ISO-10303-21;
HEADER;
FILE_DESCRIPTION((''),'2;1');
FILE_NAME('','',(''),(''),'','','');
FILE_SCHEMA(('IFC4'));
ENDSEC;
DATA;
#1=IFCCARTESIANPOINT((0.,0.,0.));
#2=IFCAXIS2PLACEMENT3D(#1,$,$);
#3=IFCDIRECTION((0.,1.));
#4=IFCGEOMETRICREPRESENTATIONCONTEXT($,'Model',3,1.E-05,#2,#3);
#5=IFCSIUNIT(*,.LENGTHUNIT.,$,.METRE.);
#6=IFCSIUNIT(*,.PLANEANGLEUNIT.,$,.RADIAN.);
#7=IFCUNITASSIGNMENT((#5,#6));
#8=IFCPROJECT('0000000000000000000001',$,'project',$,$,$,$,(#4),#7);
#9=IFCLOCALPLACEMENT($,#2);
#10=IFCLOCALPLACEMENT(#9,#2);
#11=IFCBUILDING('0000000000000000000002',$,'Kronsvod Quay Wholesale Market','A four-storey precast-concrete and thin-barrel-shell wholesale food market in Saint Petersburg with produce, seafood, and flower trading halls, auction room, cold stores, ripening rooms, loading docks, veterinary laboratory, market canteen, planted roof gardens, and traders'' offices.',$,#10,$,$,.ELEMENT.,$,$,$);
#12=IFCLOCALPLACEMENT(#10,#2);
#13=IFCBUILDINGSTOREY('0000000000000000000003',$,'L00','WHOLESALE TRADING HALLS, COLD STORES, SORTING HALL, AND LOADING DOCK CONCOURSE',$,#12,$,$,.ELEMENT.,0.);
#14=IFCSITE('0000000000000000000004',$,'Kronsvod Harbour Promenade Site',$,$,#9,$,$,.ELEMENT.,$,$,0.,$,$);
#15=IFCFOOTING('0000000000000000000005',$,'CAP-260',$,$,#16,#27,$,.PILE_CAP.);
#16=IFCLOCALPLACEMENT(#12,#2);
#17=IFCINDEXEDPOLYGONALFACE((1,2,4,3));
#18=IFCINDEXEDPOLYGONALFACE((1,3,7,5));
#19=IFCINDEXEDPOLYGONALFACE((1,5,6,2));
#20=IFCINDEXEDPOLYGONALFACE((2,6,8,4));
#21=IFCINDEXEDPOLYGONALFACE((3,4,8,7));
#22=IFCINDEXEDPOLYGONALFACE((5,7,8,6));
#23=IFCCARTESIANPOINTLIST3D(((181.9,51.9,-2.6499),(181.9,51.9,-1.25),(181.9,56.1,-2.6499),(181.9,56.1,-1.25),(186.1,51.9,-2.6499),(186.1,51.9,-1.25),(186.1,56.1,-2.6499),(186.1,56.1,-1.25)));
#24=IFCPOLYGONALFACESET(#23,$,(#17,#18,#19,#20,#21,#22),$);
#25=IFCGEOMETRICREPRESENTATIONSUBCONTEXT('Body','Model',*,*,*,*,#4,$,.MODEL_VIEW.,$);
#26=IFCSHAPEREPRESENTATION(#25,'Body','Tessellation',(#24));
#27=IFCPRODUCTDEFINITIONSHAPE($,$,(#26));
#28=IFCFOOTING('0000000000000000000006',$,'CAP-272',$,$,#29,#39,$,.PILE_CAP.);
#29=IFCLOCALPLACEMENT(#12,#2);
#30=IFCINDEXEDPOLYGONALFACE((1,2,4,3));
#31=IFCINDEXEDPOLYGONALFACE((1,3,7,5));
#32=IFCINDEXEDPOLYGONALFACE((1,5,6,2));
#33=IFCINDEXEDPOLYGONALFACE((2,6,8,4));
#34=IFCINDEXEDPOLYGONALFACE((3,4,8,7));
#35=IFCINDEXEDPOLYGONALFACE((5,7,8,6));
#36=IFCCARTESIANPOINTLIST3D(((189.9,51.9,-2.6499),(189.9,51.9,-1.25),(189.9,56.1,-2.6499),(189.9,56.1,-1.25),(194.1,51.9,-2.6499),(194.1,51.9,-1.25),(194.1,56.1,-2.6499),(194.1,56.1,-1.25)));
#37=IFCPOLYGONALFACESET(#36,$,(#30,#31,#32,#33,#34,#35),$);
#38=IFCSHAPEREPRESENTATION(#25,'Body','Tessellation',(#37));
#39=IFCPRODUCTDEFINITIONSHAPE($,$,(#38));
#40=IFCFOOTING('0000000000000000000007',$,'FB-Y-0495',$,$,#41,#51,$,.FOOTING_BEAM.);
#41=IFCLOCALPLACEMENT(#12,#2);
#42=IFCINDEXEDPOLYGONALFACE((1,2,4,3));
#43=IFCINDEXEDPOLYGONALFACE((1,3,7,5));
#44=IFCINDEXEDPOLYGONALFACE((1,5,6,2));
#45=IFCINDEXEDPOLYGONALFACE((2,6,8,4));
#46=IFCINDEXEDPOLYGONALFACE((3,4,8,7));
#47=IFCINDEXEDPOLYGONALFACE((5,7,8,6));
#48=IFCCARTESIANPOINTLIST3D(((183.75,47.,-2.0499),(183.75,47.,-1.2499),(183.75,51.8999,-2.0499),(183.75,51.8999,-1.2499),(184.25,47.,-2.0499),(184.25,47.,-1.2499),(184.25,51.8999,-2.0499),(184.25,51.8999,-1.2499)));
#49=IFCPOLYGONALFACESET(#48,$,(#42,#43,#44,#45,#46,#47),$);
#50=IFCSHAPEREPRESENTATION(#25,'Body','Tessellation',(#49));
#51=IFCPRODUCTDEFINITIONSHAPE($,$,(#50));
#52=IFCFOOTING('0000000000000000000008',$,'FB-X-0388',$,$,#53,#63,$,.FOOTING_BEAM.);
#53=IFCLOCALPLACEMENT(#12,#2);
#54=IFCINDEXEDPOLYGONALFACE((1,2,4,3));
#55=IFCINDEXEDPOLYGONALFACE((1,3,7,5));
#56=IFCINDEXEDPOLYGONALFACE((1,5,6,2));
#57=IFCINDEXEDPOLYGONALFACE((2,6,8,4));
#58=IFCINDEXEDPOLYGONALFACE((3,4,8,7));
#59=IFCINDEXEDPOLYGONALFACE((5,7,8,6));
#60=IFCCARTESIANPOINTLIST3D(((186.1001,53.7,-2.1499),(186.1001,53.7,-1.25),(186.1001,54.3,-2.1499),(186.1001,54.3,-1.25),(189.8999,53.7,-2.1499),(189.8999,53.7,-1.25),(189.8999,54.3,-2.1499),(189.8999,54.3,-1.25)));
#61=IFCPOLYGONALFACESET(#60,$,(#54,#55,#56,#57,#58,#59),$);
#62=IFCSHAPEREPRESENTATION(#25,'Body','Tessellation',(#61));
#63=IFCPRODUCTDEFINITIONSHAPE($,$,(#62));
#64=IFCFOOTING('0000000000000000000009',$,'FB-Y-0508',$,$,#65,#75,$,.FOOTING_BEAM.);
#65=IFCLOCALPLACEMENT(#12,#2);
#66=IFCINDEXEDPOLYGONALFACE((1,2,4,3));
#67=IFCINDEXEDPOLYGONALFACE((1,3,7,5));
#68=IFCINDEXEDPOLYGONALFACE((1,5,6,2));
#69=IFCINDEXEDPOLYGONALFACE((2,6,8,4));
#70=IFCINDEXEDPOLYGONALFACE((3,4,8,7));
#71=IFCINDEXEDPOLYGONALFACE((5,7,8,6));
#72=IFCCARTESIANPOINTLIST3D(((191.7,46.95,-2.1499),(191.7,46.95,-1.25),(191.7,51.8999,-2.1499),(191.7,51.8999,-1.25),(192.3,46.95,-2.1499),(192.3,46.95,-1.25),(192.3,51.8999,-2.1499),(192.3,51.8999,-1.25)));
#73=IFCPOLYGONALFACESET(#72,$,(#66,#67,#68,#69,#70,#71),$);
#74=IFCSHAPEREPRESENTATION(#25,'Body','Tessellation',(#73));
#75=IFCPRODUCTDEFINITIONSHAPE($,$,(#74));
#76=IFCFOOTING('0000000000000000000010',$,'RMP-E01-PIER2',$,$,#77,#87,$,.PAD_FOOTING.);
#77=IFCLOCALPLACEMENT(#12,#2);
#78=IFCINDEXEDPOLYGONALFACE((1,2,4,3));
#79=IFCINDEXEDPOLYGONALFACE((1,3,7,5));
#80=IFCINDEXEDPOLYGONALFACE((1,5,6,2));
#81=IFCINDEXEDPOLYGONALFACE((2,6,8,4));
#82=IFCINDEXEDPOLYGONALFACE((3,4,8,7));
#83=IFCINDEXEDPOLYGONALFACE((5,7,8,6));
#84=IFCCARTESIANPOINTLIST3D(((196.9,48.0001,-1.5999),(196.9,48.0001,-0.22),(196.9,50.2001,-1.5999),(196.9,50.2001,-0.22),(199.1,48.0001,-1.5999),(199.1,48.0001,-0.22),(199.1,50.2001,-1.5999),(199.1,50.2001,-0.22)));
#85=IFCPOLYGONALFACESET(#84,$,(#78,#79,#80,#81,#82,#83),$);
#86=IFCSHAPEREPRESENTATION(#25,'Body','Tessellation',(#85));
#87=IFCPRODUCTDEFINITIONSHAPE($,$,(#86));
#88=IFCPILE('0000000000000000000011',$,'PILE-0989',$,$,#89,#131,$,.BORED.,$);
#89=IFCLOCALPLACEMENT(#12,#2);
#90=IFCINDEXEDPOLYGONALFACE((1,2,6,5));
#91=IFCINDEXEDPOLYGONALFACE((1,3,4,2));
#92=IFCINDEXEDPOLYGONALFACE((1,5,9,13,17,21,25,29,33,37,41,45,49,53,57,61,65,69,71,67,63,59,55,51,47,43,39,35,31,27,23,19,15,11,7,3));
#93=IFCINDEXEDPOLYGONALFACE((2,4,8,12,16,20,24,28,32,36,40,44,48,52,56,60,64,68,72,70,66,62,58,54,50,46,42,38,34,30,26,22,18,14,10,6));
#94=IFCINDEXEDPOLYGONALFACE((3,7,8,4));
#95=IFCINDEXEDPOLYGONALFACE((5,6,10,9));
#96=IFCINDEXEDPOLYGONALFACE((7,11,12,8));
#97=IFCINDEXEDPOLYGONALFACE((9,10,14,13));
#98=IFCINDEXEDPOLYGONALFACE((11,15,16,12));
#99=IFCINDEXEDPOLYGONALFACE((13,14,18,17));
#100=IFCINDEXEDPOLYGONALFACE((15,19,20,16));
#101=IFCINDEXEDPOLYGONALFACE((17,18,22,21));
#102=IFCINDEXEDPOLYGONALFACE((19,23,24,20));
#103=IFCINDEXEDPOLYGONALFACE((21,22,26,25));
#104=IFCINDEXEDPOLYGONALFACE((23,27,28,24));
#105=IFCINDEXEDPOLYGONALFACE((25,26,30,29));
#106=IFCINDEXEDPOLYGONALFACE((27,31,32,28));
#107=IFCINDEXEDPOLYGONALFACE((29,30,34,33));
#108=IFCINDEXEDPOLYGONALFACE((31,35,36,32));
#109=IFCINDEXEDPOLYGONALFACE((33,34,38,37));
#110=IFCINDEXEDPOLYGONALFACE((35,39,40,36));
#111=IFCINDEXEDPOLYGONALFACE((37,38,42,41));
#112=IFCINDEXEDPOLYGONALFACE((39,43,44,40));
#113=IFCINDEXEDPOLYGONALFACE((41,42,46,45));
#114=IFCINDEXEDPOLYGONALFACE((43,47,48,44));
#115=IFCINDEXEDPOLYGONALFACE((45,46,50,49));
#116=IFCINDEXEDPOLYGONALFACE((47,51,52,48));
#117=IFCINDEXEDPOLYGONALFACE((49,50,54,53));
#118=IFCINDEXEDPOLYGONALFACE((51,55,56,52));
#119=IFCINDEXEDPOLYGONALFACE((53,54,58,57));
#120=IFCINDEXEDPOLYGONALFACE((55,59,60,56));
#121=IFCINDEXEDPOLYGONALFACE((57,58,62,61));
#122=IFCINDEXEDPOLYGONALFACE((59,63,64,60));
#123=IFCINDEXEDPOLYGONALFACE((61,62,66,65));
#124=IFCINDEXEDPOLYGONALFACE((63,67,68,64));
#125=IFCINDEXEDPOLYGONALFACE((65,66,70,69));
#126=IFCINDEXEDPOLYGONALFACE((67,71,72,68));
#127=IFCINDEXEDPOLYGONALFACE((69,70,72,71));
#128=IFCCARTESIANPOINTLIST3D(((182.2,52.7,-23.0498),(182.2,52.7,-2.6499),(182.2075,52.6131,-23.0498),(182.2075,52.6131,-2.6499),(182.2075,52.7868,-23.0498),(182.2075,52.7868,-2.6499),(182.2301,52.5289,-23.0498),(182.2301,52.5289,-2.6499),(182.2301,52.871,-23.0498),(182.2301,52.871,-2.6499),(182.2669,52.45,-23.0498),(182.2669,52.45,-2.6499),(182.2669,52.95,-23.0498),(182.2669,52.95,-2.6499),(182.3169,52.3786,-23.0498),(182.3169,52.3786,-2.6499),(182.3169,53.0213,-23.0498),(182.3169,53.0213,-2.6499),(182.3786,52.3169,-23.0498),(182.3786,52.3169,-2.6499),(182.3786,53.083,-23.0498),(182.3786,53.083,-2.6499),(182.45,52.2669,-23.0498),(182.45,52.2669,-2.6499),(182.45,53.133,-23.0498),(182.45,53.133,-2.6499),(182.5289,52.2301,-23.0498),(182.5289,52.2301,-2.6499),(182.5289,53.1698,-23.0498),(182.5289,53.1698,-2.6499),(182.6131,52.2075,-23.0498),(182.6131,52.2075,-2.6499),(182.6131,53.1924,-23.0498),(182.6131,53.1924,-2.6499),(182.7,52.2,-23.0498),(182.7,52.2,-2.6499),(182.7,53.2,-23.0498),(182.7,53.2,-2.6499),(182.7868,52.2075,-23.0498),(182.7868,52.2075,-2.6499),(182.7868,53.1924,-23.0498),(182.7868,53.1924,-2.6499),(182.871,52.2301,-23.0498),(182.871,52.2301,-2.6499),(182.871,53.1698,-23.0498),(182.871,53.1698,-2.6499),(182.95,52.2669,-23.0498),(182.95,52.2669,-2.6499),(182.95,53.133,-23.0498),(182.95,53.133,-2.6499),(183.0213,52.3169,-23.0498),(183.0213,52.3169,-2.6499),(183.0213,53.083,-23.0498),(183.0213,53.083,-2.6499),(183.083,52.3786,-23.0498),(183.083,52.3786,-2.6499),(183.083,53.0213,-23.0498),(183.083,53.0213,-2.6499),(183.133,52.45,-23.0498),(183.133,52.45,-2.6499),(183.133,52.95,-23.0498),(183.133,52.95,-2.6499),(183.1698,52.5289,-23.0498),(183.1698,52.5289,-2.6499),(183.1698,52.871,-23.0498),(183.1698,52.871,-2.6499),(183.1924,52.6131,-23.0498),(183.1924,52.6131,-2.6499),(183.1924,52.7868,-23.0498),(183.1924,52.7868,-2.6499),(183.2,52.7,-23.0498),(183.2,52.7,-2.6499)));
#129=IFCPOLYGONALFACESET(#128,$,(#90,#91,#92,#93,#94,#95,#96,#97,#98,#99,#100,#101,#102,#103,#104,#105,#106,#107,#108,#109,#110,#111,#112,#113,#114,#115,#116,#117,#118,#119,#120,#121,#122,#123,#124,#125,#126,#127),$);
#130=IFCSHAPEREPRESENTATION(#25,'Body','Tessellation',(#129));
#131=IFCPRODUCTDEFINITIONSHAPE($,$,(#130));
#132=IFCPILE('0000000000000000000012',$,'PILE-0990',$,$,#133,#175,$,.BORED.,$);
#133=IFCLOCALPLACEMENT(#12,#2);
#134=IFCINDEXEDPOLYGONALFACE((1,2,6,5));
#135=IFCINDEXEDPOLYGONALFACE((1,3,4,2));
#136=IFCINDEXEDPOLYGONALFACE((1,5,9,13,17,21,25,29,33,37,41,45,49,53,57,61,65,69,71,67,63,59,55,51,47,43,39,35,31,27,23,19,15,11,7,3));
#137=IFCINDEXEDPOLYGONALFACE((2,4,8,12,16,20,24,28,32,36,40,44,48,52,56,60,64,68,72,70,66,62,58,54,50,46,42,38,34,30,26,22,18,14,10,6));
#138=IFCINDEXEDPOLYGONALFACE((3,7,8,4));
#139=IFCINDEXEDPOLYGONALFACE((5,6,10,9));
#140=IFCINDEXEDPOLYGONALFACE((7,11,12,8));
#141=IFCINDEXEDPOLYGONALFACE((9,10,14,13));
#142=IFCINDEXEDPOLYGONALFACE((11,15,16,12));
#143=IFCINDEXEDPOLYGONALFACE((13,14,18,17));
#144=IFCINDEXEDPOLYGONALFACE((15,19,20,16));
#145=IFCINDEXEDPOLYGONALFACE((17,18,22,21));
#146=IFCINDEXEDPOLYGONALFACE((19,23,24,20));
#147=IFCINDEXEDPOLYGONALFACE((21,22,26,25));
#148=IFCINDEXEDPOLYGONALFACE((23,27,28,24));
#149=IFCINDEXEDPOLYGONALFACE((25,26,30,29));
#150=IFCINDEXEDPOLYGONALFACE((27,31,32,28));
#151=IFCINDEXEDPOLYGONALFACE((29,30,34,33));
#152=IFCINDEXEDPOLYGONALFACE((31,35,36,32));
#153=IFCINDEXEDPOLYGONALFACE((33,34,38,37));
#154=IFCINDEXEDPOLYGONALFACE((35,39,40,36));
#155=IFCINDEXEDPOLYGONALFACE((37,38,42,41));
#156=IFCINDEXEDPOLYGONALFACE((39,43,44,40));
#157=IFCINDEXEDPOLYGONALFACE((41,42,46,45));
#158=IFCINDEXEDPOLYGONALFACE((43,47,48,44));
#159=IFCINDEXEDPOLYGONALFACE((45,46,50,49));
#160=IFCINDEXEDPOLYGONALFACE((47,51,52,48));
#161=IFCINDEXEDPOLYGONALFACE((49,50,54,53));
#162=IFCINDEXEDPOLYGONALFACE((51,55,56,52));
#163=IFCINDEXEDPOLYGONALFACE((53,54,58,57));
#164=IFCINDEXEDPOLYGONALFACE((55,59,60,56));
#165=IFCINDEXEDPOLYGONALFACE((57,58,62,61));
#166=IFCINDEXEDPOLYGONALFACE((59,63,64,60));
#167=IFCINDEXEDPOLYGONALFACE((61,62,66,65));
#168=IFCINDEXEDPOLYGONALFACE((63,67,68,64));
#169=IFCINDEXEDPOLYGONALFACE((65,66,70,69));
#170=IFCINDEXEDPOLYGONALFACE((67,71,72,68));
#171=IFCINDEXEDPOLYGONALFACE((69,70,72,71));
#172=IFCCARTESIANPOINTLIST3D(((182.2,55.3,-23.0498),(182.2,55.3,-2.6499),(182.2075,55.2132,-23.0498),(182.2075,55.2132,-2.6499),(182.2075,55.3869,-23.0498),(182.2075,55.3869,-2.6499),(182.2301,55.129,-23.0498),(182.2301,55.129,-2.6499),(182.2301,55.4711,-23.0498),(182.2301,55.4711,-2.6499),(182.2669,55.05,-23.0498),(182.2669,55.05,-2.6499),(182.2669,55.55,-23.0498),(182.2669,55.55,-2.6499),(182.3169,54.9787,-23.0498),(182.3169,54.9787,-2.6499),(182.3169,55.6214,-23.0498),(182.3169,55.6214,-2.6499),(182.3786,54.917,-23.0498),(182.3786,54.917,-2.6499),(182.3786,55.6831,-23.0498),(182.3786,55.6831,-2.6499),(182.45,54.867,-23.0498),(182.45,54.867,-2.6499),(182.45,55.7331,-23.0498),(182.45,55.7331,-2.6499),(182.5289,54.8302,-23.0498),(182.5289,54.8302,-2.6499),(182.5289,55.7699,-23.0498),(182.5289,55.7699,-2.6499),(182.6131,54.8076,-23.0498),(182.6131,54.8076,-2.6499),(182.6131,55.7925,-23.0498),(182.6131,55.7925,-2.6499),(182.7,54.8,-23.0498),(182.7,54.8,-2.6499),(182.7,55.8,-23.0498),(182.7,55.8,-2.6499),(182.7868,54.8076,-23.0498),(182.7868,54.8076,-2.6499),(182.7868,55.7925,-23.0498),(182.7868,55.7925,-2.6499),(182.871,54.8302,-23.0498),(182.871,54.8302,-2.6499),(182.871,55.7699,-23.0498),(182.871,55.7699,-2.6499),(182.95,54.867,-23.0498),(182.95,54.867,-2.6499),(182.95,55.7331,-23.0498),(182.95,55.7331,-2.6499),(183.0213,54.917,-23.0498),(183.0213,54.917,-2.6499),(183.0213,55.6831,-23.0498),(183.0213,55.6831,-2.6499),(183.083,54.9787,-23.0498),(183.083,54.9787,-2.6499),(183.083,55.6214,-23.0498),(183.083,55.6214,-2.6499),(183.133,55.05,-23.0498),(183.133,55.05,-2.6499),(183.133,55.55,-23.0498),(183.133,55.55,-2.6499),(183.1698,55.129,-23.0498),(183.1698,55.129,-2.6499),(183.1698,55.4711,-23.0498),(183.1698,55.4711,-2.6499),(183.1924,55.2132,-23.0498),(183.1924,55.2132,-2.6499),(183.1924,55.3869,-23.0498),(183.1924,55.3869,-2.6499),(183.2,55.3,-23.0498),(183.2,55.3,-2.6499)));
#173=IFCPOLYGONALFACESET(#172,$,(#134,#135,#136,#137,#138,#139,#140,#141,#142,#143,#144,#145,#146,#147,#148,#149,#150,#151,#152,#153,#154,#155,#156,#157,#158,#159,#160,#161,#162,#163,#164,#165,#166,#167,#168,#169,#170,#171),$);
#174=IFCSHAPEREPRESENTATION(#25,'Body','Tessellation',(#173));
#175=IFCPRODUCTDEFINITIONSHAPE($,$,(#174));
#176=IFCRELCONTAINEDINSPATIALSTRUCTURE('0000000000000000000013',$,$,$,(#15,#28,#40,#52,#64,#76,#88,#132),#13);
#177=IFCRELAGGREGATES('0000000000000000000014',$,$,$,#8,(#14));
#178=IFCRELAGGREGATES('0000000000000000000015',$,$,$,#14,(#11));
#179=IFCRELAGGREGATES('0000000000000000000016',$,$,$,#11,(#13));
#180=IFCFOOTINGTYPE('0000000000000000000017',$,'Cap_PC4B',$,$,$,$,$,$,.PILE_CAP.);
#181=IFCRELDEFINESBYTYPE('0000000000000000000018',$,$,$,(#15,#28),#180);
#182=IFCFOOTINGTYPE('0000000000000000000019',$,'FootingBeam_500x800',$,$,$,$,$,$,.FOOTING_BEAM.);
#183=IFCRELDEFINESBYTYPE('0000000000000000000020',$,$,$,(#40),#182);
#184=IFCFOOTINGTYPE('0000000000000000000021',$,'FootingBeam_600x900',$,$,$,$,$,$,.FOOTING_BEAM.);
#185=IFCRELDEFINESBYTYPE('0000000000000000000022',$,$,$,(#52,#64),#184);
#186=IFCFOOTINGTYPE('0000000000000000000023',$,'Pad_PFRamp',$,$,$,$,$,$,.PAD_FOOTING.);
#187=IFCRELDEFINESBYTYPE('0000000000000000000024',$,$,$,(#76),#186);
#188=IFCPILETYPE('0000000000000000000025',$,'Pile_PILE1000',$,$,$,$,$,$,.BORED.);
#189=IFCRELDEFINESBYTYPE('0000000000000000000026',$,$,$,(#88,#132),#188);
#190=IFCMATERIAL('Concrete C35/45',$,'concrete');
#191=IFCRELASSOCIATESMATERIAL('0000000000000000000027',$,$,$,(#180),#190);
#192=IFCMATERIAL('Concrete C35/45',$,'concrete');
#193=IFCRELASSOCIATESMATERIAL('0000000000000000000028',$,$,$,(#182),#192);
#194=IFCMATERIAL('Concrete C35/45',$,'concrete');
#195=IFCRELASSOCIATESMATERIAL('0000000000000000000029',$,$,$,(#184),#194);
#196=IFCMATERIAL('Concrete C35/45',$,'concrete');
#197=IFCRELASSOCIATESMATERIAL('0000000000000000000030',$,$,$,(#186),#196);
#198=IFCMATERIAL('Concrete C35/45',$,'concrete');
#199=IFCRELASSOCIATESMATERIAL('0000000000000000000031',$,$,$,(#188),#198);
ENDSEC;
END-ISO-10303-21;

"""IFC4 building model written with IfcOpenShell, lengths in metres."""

from ifc_helpers import new_model, si_unit, direction, frame, origin, origin_2d, place, context, subcontext, project, spatial, rectangle, circle, extrude, material, material_profile, profile_set, type_object, element, save


model = new_model("IFC4")

# Units and contexts
model_context = context("Model", 3, precision=1e-05, world=origin(), true_north=direction((0.0, 1.0)))
body_context = subcontext(model_context, "Body", "Model", "MODEL_VIEW")
ifc_project = project(units=[si_unit("LENGTHUNIT", "METRE"), si_unit("PLANEANGLEUNIT", "RADIAN")], contexts=[model_context])

# Site, building, storey
site_placement = place(None, origin())
site = spatial("IfcSite", under=ifc_project, at=site_placement, Name="Kronsvod Harbour Promenade Site", CompositionType="ELEMENT", RefElevation=0.0)
building_placement = place(site_placement, origin())
building = spatial("IfcBuilding", under=site, at=building_placement, Name="Kronsvod Quay Wholesale Market", Description="A four-storey precast-concrete and thin-barrel-shell wholesale food market in Saint Petersburg with produce, seafood, and flower trading halls, auction room, cold stores, ripening rooms, loading docks, veterinary laboratory, market canteen, planted roof gardens, and traders' offices.", CompositionType="ELEMENT")
storey_placement = place(building_placement, origin())
storey = spatial("IfcBuildingStorey", under=building, at=storey_placement, Name="L00", Description="WHOLESALE TRADING HALLS, COLD STORES, SORTING HALL, AND LOADING DOCK CONCOURSE", CompositionType="ELEMENT", Elevation=0.0)

# Footings
ifc_material_1 = material(Name="Concrete C35/45", Category="concrete")
footing_type_1 = type_object("IfcFootingType", Name="Cap_PC4B", PredefinedType="PILE_CAP", material=ifc_material_1)
for number, where, z_axis, x_axis, name in (
    (1, (184.0, 54.0, -2.6499), (0.0, 0.0, 1.0), (1.0, 0.0, 0.0), "CAP-260"),
    (2, (192.0, 54.0, -2.6499), (0.0, 0.0, 1.0), (1.0, 0.0, 0.0), "CAP-272"),
):
    element("IfcFooting", number, at=place(storey_placement, frame(where, z_axis=z_axis, x_axis=x_axis)), inside=storey, type_object=footing_type_1, Name=name, PredefinedType="PILE_CAP", context=body_context, shape_type="SweptSolid", body=[
        extrude(rectangle(XDim=4.2, YDim=4.2, at=origin_2d()), origin(), (0.0, 0.0, 1.0), 1.3999),
    ])
ifc_material_2 = material(Name="Concrete C35/45", Category="concrete")
ifc_material_profile_1 = material_profile(ifc_material_2, rectangle(XDim=0.5, YDim=0.8, at=origin_2d()), Name="FB-01")
ifc_profile_set_1 = profile_set([ifc_material_profile_1], Name="Concrete C35/45")
footing_type_2 = type_object("IfcFootingType", Name="FootingBeam_500x800", PredefinedType="FOOTING_BEAM", material=ifc_profile_set_1)
footing_1_placement = place(storey_placement, frame((184.0, 47.0, -1.6499), z_axis=(0.0, 1.0, 0.0), x_axis=(-1.0, 0.0, 0.0)))
element("IfcFooting", 3, at=footing_1_placement, inside=storey, type_object=footing_type_2, Name="FB-Y-0495", PredefinedType="FOOTING_BEAM", context=body_context, shape_type="SweptSolid", body=[
    extrude(rectangle(XDim=0.5, YDim=0.8, at=origin_2d()), origin(), (0.0, 0.0, 1.0), 4.8999),
])
ifc_material_3 = material(Name="Concrete C35/45", Category="concrete")
ifc_material_profile_2 = material_profile(ifc_material_3, rectangle(XDim=0.6001, YDim=0.8999, at=origin_2d()), Name="FB-02")
ifc_profile_set_2 = profile_set([ifc_material_profile_2], Name="Concrete C35/45")
footing_type_3 = type_object("IfcFootingType", Name="FootingBeam_600x900", PredefinedType="FOOTING_BEAM", material=ifc_profile_set_2)
footing_2_placement = place(storey_placement, frame((186.1001, 54.0, -1.7), z_axis=(1.0, 0.0, 0.0), x_axis=(0.0, 1.0, 0.0)))
element("IfcFooting", 4, at=footing_2_placement, inside=storey, type_object=footing_type_3, Name="FB-X-0388", PredefinedType="FOOTING_BEAM", context=body_context, shape_type="SweptSolid", body=[
    extrude(rectangle(XDim=0.6001, YDim=0.8999, at=origin_2d()), origin(), (0.0, 0.0, 1.0), 3.7998),
])
footing_3_placement = place(storey_placement, frame((192.0, 46.95, -1.7), z_axis=(0.0, 1.0, 0.0), x_axis=(-1.0, 0.0, 0.0)))
element("IfcFooting", 5, at=footing_3_placement, inside=storey, type_object=footing_type_3, Name="FB-Y-0508", PredefinedType="FOOTING_BEAM", context=body_context, shape_type="SweptSolid", body=[
    extrude(rectangle(XDim=0.6001, YDim=0.8999, at=origin_2d()), origin(), (0.0, 0.0, 1.0), 4.95),
])
ifc_material_4 = material(Name="Concrete C35/45", Category="concrete")
footing_type_4 = type_object("IfcFootingType", Name="Pad_PFRamp", PredefinedType="PAD_FOOTING", material=ifc_material_4)
footing_4_placement = place(storey_placement, frame((198.0, 49.1001, -1.5999), z_axis=(0.0, 0.0, 1.0), x_axis=(1.0, 0.0, 0.0)))
element("IfcFooting", 6, at=footing_4_placement, inside=storey, type_object=footing_type_4, Name="RMP-E01-PIER2", PredefinedType="PAD_FOOTING", context=body_context, shape_type="SweptSolid", body=[
    extrude(rectangle(XDim=2.2, YDim=2.2, at=origin_2d()), origin(), (0.0, 0.0, 1.0), 1.3799),
])

# Piles
ifc_material_5 = material(Name="Concrete C35/45", Category="concrete")
ifc_material_profile_3 = material_profile(ifc_material_5, circle(Radius=0.5, at=origin_2d()), Name="PILE1000")
ifc_profile_set_3 = profile_set([ifc_material_profile_3], Name="Concrete C35/45")
pile_type_1 = type_object("IfcPileType", Name="Pile_PILE1000", PredefinedType="BORED", material=ifc_profile_set_3)
for number, where, z_axis, x_axis, name in (
    (7, (182.7, 52.7, -2.6499), (0.0, 0.0, -1.0), (1.0, 0.0, 0.0), "PILE-0989"),
    (8, (182.7, 55.3, -2.6499), (0.0, 0.0, -1.0), (1.0, 0.0, 0.0), "PILE-0990"),
):
    element("IfcPile", number, at=place(storey_placement, frame(where, z_axis=z_axis, x_axis=x_axis)), inside=storey, type_object=pile_type_1, Name=name, PredefinedType="BORED", context=body_context, shape_type="SweptSolid", body=[
        extrude(circle(Radius=0.5, at=origin_2d()), origin(), (0.0, 0.0, 1.0), 20.3999),
    ])

save(model, "model.ifc")
